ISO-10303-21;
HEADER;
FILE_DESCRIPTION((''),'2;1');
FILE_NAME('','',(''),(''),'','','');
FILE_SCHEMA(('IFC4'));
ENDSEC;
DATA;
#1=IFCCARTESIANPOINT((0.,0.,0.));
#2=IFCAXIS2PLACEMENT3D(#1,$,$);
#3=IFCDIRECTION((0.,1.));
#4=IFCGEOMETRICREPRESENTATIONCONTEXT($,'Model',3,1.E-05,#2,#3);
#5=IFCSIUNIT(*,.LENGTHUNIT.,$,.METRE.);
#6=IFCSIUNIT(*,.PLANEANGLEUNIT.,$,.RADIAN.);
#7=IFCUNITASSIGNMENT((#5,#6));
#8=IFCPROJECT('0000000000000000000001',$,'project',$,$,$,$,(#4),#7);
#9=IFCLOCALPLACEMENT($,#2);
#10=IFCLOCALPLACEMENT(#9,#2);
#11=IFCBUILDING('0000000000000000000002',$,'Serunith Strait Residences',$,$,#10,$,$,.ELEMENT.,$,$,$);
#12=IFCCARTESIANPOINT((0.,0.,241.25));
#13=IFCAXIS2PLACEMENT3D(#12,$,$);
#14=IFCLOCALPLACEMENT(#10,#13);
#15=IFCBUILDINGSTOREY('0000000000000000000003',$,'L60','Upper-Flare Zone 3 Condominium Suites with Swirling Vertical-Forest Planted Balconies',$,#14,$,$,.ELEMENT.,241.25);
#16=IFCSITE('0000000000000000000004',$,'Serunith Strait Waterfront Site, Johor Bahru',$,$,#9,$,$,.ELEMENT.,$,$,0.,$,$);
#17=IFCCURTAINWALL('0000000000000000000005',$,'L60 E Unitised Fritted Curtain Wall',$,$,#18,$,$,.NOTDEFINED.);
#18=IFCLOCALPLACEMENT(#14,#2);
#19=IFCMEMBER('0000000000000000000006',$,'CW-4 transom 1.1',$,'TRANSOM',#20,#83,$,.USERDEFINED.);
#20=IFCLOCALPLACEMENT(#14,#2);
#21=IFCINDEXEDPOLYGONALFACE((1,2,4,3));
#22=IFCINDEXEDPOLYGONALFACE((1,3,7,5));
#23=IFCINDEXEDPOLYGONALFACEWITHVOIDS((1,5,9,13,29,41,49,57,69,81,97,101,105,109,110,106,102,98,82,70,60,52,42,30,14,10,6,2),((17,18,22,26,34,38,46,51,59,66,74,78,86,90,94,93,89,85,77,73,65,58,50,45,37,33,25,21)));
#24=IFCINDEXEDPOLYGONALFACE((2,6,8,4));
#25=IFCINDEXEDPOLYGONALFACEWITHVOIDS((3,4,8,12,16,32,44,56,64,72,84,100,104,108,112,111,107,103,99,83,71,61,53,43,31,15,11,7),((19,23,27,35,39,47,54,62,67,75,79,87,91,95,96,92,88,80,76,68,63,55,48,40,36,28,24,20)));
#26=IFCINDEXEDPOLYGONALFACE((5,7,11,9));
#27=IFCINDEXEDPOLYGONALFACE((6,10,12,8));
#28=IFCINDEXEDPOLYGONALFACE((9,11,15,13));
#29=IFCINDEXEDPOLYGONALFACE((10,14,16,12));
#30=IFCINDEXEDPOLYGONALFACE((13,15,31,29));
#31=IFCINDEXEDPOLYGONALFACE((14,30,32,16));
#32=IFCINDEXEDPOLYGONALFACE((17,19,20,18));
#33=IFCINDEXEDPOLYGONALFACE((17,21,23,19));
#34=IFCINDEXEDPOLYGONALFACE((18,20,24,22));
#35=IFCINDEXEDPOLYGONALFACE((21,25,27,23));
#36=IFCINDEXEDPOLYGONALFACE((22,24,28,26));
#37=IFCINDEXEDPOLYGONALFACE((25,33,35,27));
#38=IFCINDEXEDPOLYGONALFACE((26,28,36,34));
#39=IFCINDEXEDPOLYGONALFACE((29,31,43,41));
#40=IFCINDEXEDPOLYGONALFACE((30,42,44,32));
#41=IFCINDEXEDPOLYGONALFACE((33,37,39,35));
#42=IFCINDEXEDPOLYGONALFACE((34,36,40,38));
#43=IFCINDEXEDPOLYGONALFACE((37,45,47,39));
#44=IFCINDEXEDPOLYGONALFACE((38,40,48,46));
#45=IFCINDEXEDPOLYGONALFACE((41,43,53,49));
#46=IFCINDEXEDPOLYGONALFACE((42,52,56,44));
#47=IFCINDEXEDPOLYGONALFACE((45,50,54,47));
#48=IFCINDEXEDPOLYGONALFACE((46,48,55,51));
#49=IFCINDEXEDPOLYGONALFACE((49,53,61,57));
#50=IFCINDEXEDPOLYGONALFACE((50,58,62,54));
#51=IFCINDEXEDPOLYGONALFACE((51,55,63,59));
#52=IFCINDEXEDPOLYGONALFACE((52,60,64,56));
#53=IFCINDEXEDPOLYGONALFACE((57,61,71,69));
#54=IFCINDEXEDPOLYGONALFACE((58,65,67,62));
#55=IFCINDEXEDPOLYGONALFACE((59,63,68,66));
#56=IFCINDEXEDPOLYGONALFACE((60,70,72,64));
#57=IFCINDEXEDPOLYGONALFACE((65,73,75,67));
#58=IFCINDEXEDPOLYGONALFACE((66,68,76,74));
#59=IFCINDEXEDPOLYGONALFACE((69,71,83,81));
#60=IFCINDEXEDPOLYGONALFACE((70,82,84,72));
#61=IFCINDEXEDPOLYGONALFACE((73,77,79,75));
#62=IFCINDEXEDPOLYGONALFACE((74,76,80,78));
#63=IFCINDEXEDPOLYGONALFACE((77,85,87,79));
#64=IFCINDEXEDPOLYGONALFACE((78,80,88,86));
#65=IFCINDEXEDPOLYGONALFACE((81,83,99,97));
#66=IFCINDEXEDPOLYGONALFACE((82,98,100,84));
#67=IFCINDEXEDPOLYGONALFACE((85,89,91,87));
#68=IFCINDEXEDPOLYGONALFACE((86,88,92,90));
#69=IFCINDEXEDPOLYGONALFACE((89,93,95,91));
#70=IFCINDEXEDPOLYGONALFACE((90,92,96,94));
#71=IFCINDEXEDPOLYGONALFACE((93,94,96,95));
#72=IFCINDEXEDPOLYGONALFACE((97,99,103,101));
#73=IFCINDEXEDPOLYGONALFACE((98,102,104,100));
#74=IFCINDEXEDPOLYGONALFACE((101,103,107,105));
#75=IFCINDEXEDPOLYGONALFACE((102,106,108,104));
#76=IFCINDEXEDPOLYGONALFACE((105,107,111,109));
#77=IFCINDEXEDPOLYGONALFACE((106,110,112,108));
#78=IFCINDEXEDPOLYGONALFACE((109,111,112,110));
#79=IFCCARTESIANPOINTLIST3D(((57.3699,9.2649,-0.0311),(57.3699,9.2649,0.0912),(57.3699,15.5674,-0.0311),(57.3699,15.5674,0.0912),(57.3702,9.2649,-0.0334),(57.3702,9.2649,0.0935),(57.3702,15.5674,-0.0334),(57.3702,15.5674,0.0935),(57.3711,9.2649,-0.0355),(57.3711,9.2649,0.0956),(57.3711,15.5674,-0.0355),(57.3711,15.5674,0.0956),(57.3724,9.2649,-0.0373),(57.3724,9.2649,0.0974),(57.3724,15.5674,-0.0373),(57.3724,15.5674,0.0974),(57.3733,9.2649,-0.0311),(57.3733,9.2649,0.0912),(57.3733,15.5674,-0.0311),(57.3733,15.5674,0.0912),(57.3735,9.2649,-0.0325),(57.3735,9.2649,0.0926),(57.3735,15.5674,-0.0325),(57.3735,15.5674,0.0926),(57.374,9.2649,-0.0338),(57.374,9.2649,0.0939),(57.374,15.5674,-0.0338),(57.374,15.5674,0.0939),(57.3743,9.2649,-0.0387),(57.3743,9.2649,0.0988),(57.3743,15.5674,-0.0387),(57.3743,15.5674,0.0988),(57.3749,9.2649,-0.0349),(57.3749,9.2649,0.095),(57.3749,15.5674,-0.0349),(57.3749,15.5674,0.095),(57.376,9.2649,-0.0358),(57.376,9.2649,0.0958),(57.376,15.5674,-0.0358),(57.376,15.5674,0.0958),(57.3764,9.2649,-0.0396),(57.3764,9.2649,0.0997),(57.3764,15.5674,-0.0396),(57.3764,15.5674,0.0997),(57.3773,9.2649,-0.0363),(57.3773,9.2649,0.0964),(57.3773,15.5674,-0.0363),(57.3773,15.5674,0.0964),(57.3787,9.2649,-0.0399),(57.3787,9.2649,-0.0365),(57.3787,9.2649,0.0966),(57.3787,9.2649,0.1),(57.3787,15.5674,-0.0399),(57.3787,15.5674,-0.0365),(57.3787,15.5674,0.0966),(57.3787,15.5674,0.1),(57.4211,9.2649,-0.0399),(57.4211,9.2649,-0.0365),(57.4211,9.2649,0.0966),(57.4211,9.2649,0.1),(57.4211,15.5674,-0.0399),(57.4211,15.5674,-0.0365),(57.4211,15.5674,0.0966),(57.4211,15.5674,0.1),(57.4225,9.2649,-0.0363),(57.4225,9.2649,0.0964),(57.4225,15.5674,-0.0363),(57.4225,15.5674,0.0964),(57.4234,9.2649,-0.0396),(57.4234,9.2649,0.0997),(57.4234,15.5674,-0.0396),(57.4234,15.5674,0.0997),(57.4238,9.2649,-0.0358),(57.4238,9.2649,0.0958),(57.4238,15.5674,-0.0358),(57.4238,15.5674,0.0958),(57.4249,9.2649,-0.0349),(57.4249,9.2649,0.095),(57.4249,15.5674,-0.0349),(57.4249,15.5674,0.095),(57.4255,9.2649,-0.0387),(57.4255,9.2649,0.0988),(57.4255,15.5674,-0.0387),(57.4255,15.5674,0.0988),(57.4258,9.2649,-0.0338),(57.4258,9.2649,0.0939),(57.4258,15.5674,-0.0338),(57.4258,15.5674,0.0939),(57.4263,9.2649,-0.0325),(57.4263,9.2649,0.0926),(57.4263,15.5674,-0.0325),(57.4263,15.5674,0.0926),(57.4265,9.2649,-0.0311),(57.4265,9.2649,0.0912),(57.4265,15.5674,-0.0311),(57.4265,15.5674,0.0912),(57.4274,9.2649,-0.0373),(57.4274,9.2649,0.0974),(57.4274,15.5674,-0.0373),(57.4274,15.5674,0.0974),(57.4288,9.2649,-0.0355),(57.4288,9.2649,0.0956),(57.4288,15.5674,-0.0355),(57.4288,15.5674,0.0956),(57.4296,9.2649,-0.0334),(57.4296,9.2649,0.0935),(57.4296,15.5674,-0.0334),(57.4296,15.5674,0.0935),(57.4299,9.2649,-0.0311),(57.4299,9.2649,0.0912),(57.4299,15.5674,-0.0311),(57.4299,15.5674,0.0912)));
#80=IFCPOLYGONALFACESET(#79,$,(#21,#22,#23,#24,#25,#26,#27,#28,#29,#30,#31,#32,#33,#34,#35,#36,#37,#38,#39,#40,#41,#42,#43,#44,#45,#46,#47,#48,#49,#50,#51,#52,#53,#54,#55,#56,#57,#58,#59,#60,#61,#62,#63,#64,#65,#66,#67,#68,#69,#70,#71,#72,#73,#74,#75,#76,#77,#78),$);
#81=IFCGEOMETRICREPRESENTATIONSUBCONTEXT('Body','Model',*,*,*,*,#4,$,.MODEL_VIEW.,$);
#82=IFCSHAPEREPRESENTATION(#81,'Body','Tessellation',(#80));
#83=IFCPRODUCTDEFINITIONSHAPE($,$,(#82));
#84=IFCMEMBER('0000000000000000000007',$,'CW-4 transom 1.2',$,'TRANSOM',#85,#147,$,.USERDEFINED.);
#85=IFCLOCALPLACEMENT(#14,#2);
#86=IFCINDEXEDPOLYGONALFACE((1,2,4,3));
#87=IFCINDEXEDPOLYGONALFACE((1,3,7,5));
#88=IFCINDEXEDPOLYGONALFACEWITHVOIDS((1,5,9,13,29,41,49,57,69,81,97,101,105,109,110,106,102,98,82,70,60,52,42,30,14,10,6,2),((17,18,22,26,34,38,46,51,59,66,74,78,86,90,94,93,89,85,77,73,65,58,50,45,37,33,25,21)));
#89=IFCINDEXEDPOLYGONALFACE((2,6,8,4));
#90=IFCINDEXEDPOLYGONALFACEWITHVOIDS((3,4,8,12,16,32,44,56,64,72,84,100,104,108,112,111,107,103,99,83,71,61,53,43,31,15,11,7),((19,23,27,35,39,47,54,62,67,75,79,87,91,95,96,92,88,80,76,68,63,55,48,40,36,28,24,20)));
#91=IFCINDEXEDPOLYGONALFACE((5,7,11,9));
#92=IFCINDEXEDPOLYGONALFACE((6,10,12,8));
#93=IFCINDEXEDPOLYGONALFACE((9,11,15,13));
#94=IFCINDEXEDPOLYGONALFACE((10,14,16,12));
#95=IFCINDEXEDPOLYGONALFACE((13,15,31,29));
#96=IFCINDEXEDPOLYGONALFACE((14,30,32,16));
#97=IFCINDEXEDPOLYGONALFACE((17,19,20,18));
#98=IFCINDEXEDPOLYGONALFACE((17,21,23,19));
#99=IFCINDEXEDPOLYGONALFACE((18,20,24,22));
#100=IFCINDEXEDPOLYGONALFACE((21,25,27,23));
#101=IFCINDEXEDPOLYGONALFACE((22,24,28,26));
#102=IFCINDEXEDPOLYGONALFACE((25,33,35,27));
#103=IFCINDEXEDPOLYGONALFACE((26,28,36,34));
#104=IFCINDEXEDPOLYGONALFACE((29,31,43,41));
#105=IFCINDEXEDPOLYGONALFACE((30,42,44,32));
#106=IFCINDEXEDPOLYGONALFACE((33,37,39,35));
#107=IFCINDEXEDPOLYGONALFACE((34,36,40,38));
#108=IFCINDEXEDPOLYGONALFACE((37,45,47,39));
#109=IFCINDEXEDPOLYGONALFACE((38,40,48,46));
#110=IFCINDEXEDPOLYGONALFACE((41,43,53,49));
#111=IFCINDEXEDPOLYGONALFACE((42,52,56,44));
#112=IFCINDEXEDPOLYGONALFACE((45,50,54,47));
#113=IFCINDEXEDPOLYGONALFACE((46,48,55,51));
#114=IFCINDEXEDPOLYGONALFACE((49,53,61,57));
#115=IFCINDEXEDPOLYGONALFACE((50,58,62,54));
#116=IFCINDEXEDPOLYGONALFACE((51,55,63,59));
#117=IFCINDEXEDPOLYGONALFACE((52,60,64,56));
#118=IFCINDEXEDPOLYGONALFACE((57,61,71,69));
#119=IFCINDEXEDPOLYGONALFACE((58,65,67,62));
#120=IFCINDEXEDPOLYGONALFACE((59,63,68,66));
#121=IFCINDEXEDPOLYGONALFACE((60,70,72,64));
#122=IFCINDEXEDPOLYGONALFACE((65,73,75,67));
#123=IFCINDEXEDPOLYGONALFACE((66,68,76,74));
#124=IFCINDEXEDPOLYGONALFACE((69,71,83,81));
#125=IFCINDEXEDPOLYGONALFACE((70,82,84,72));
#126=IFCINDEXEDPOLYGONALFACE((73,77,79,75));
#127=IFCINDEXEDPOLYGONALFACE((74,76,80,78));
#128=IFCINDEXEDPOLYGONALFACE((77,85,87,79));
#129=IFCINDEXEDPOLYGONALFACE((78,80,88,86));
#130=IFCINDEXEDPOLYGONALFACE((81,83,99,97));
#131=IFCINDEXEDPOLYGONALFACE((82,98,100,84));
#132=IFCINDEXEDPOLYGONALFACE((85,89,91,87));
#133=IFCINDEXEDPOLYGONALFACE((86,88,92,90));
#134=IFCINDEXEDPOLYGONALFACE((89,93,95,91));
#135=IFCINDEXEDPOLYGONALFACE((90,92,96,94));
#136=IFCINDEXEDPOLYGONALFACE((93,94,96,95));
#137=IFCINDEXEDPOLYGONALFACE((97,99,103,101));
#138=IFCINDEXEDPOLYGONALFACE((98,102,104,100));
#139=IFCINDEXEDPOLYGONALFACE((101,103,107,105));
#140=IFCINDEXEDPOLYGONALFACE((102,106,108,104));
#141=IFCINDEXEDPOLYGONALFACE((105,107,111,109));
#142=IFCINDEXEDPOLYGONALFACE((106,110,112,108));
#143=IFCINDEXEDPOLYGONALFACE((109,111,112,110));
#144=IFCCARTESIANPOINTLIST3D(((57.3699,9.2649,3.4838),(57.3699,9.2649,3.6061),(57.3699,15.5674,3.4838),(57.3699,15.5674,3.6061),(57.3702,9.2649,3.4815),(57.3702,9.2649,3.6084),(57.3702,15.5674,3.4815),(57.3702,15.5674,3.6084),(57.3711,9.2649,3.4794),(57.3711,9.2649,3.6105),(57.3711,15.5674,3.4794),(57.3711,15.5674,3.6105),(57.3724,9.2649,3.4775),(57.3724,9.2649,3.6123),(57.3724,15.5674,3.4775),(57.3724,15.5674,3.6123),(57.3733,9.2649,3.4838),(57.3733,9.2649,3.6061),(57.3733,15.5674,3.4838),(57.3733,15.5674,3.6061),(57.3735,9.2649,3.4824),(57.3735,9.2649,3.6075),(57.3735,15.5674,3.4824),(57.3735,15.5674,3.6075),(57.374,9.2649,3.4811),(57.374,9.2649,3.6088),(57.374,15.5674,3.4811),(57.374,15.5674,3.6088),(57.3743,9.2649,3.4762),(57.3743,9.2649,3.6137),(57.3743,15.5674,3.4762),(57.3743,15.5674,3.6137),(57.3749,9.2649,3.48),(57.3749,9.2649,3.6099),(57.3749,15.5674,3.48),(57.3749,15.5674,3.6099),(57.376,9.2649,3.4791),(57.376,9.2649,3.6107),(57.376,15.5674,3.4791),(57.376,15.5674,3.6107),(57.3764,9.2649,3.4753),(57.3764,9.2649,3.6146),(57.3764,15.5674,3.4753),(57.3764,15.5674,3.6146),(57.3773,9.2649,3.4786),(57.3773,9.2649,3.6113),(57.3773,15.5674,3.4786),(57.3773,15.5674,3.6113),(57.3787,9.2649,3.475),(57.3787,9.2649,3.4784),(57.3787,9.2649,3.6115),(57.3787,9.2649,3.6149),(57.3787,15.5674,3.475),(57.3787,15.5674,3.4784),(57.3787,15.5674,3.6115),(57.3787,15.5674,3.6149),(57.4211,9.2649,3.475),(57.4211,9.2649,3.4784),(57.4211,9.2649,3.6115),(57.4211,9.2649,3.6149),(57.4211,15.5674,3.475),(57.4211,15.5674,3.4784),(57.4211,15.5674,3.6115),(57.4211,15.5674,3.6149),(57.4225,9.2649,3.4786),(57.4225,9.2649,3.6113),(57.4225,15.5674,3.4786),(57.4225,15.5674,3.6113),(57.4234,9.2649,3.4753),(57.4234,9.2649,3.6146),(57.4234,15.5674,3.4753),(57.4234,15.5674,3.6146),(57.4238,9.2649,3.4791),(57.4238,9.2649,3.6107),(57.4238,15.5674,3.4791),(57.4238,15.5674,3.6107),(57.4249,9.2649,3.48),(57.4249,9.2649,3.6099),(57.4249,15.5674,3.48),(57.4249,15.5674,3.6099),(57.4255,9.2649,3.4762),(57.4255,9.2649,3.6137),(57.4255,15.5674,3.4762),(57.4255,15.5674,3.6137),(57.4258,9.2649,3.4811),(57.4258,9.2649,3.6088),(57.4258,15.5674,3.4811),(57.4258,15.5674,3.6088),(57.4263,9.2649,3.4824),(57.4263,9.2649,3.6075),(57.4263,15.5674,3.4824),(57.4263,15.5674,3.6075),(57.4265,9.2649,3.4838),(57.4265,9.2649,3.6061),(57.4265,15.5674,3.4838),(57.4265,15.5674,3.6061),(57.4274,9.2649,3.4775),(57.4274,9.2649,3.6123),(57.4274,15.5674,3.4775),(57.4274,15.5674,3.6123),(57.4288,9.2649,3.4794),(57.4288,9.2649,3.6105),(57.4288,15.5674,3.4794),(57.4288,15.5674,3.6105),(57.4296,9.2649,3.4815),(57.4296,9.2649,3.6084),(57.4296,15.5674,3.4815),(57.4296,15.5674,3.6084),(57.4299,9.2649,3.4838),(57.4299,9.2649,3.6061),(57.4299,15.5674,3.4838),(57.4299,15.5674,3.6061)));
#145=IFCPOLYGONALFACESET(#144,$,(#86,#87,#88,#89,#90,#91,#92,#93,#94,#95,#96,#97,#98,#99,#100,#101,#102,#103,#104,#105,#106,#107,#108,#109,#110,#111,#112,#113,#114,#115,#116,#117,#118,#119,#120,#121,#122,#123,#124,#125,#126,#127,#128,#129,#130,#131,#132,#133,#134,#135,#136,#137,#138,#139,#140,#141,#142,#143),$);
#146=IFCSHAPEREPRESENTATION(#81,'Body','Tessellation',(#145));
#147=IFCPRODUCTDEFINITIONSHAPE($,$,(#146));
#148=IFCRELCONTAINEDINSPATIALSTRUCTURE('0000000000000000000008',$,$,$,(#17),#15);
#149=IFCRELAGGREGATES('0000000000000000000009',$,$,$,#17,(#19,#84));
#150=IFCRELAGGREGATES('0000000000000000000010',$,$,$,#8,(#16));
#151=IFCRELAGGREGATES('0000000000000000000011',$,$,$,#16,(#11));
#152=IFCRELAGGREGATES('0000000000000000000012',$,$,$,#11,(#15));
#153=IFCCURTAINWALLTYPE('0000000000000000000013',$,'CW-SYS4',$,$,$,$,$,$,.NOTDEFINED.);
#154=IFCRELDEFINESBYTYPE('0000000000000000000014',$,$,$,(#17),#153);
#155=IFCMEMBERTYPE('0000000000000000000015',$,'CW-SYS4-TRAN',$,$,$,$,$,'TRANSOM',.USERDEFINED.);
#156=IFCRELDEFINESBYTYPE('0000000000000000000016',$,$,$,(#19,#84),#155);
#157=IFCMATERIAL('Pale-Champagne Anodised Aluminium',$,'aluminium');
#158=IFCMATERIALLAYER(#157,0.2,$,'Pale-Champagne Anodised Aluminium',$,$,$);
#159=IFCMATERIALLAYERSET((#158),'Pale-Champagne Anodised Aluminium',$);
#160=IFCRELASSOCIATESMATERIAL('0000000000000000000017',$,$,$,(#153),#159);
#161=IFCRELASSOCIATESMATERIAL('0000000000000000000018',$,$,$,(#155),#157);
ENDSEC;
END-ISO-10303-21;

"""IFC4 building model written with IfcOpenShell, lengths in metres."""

from ifc_helpers import new_model, si_unit, direction, frame, origin, origin_2d, place, context, subcontext, project, spatial, hollow_rectangle, extrude, source, transform, mapped, material, layer, layer_set, material_profile, profile_set, type_object, element, aggregate, save


model = new_model("IFC4")

# Units and contexts
model_context = context("Model", 3, precision=1e-05, world=origin(), true_north=direction((0.0, 1.0)))
body_context = subcontext(model_context, "Body", "Model", "MODEL_VIEW")
ifc_project = project(units=[si_unit("LENGTHUNIT", "METRE"), si_unit("PLANEANGLEUNIT", "RADIAN")], contexts=[model_context])

# Site, building, storey
site_placement = place(None, origin())
site = spatial("IfcSite", under=ifc_project, at=site_placement, Name="Serunith Strait Waterfront Site, Johor Bahru", CompositionType="ELEMENT", RefElevation=0.0)
building_placement = place(site_placement, origin())
building = spatial("IfcBuilding", under=site, at=building_placement, Name="Serunith Strait Residences", CompositionType="ELEMENT")
storey_placement = place(building_placement, frame((0.0, 0.0, 241.25)))
storey = spatial("IfcBuildingStorey", under=building, at=storey_placement, Name="L60", Description="Upper-Flare Zone 3 Condominium Suites with Swirling Vertical-Forest Planted Balconies", CompositionType="ELEMENT", Elevation=241.25)

# Curtain wall, members
ifc_material_1 = material(Name="Pale-Champagne Anodised Aluminium", Category="aluminium")
ifc_layer_1 = layer(ifc_material_1, 0.2, Name="Pale-Champagne Anodised Aluminium")
ifc_layer_set_1 = layer_set([ifc_layer_1], Name="Pale-Champagne Anodised Aluminium")
curtain_wall_type = type_object("IfcCurtainWallType", Name="CW-SYS4", PredefinedType="NOTDEFINED", material=ifc_layer_set_1)
curtain_wall_1_placement = place(storey_placement, origin())
curtain_wall_1 = element("IfcCurtainWall", 1, at=curtain_wall_1_placement, inside=storey, type_object=curtain_wall_type, Name="L60 E Unitised Fritted Curtain Wall", PredefinedType="NOTDEFINED")
ifc_material_profile_1 = material_profile(ifc_material_1, hollow_rectangle(XDim=0.0601, YDim=0.1399, WallThickness=0.0034, InnerFilletRadius=0.0054, OuterFilletRadius=0.0088, at=origin_2d()), Name="ALU 140x60x3.5")
ifc_profile_set_1 = profile_set([ifc_material_profile_1], Name="Pale-Champagne Anodised Aluminium")
member_type_1 = type_object("IfcMemberType", Name="CW-SYS4-TRAN", ElementType="TRANSOM", PredefinedType="USERDEFINED", material=ifc_profile_set_1)
shared_shape_1 = source(origin(), body_context, "Body", "SweptSolid", [
    extrude(hollow_rectangle(XDim=0.0601, YDim=0.1399, WallThickness=0.0034, InnerFilletRadius=0.0054, OuterFilletRadius=0.0088, at=origin_2d()), origin(), (0.0, 0.0, 1.0), 6.3025),
])
member_1_placement = place(storey_placement, frame((57.3999, 9.2649, 0.03), z_axis=(0.0, 1.0, 0.0), x_axis=(-1.0, 0.0, 0.0)))
member_1 = element("IfcMember", 2, at=member_1_placement, type_object=member_type_1, Name="CW-4 transom 1.1", ObjectType="TRANSOM", PredefinedType="USERDEFINED", context=body_context, shape_type="MappedRepresentation", body=[
    mapped(shared_shape_1, transform((0.0, 0.0, 0.0), scale=1.0)),
])
member_2_placement = place(storey_placement, frame((57.3999, 9.2649, 3.5449), z_axis=(0.0, 1.0, 0.0), x_axis=(-1.0, 0.0, 0.0)))
member_2 = element("IfcMember", 3, at=member_2_placement, type_object=member_type_1, Name="CW-4 transom 1.2", ObjectType="TRANSOM", PredefinedType="USERDEFINED", context=body_context, shape_type="MappedRepresentation", body=[
    mapped(shared_shape_1, transform((0.0, 0.0, 0.0), scale=1.0)),
])
aggregate(curtain_wall_1, [member_1, member_2])

save(model, "model.ifc")
